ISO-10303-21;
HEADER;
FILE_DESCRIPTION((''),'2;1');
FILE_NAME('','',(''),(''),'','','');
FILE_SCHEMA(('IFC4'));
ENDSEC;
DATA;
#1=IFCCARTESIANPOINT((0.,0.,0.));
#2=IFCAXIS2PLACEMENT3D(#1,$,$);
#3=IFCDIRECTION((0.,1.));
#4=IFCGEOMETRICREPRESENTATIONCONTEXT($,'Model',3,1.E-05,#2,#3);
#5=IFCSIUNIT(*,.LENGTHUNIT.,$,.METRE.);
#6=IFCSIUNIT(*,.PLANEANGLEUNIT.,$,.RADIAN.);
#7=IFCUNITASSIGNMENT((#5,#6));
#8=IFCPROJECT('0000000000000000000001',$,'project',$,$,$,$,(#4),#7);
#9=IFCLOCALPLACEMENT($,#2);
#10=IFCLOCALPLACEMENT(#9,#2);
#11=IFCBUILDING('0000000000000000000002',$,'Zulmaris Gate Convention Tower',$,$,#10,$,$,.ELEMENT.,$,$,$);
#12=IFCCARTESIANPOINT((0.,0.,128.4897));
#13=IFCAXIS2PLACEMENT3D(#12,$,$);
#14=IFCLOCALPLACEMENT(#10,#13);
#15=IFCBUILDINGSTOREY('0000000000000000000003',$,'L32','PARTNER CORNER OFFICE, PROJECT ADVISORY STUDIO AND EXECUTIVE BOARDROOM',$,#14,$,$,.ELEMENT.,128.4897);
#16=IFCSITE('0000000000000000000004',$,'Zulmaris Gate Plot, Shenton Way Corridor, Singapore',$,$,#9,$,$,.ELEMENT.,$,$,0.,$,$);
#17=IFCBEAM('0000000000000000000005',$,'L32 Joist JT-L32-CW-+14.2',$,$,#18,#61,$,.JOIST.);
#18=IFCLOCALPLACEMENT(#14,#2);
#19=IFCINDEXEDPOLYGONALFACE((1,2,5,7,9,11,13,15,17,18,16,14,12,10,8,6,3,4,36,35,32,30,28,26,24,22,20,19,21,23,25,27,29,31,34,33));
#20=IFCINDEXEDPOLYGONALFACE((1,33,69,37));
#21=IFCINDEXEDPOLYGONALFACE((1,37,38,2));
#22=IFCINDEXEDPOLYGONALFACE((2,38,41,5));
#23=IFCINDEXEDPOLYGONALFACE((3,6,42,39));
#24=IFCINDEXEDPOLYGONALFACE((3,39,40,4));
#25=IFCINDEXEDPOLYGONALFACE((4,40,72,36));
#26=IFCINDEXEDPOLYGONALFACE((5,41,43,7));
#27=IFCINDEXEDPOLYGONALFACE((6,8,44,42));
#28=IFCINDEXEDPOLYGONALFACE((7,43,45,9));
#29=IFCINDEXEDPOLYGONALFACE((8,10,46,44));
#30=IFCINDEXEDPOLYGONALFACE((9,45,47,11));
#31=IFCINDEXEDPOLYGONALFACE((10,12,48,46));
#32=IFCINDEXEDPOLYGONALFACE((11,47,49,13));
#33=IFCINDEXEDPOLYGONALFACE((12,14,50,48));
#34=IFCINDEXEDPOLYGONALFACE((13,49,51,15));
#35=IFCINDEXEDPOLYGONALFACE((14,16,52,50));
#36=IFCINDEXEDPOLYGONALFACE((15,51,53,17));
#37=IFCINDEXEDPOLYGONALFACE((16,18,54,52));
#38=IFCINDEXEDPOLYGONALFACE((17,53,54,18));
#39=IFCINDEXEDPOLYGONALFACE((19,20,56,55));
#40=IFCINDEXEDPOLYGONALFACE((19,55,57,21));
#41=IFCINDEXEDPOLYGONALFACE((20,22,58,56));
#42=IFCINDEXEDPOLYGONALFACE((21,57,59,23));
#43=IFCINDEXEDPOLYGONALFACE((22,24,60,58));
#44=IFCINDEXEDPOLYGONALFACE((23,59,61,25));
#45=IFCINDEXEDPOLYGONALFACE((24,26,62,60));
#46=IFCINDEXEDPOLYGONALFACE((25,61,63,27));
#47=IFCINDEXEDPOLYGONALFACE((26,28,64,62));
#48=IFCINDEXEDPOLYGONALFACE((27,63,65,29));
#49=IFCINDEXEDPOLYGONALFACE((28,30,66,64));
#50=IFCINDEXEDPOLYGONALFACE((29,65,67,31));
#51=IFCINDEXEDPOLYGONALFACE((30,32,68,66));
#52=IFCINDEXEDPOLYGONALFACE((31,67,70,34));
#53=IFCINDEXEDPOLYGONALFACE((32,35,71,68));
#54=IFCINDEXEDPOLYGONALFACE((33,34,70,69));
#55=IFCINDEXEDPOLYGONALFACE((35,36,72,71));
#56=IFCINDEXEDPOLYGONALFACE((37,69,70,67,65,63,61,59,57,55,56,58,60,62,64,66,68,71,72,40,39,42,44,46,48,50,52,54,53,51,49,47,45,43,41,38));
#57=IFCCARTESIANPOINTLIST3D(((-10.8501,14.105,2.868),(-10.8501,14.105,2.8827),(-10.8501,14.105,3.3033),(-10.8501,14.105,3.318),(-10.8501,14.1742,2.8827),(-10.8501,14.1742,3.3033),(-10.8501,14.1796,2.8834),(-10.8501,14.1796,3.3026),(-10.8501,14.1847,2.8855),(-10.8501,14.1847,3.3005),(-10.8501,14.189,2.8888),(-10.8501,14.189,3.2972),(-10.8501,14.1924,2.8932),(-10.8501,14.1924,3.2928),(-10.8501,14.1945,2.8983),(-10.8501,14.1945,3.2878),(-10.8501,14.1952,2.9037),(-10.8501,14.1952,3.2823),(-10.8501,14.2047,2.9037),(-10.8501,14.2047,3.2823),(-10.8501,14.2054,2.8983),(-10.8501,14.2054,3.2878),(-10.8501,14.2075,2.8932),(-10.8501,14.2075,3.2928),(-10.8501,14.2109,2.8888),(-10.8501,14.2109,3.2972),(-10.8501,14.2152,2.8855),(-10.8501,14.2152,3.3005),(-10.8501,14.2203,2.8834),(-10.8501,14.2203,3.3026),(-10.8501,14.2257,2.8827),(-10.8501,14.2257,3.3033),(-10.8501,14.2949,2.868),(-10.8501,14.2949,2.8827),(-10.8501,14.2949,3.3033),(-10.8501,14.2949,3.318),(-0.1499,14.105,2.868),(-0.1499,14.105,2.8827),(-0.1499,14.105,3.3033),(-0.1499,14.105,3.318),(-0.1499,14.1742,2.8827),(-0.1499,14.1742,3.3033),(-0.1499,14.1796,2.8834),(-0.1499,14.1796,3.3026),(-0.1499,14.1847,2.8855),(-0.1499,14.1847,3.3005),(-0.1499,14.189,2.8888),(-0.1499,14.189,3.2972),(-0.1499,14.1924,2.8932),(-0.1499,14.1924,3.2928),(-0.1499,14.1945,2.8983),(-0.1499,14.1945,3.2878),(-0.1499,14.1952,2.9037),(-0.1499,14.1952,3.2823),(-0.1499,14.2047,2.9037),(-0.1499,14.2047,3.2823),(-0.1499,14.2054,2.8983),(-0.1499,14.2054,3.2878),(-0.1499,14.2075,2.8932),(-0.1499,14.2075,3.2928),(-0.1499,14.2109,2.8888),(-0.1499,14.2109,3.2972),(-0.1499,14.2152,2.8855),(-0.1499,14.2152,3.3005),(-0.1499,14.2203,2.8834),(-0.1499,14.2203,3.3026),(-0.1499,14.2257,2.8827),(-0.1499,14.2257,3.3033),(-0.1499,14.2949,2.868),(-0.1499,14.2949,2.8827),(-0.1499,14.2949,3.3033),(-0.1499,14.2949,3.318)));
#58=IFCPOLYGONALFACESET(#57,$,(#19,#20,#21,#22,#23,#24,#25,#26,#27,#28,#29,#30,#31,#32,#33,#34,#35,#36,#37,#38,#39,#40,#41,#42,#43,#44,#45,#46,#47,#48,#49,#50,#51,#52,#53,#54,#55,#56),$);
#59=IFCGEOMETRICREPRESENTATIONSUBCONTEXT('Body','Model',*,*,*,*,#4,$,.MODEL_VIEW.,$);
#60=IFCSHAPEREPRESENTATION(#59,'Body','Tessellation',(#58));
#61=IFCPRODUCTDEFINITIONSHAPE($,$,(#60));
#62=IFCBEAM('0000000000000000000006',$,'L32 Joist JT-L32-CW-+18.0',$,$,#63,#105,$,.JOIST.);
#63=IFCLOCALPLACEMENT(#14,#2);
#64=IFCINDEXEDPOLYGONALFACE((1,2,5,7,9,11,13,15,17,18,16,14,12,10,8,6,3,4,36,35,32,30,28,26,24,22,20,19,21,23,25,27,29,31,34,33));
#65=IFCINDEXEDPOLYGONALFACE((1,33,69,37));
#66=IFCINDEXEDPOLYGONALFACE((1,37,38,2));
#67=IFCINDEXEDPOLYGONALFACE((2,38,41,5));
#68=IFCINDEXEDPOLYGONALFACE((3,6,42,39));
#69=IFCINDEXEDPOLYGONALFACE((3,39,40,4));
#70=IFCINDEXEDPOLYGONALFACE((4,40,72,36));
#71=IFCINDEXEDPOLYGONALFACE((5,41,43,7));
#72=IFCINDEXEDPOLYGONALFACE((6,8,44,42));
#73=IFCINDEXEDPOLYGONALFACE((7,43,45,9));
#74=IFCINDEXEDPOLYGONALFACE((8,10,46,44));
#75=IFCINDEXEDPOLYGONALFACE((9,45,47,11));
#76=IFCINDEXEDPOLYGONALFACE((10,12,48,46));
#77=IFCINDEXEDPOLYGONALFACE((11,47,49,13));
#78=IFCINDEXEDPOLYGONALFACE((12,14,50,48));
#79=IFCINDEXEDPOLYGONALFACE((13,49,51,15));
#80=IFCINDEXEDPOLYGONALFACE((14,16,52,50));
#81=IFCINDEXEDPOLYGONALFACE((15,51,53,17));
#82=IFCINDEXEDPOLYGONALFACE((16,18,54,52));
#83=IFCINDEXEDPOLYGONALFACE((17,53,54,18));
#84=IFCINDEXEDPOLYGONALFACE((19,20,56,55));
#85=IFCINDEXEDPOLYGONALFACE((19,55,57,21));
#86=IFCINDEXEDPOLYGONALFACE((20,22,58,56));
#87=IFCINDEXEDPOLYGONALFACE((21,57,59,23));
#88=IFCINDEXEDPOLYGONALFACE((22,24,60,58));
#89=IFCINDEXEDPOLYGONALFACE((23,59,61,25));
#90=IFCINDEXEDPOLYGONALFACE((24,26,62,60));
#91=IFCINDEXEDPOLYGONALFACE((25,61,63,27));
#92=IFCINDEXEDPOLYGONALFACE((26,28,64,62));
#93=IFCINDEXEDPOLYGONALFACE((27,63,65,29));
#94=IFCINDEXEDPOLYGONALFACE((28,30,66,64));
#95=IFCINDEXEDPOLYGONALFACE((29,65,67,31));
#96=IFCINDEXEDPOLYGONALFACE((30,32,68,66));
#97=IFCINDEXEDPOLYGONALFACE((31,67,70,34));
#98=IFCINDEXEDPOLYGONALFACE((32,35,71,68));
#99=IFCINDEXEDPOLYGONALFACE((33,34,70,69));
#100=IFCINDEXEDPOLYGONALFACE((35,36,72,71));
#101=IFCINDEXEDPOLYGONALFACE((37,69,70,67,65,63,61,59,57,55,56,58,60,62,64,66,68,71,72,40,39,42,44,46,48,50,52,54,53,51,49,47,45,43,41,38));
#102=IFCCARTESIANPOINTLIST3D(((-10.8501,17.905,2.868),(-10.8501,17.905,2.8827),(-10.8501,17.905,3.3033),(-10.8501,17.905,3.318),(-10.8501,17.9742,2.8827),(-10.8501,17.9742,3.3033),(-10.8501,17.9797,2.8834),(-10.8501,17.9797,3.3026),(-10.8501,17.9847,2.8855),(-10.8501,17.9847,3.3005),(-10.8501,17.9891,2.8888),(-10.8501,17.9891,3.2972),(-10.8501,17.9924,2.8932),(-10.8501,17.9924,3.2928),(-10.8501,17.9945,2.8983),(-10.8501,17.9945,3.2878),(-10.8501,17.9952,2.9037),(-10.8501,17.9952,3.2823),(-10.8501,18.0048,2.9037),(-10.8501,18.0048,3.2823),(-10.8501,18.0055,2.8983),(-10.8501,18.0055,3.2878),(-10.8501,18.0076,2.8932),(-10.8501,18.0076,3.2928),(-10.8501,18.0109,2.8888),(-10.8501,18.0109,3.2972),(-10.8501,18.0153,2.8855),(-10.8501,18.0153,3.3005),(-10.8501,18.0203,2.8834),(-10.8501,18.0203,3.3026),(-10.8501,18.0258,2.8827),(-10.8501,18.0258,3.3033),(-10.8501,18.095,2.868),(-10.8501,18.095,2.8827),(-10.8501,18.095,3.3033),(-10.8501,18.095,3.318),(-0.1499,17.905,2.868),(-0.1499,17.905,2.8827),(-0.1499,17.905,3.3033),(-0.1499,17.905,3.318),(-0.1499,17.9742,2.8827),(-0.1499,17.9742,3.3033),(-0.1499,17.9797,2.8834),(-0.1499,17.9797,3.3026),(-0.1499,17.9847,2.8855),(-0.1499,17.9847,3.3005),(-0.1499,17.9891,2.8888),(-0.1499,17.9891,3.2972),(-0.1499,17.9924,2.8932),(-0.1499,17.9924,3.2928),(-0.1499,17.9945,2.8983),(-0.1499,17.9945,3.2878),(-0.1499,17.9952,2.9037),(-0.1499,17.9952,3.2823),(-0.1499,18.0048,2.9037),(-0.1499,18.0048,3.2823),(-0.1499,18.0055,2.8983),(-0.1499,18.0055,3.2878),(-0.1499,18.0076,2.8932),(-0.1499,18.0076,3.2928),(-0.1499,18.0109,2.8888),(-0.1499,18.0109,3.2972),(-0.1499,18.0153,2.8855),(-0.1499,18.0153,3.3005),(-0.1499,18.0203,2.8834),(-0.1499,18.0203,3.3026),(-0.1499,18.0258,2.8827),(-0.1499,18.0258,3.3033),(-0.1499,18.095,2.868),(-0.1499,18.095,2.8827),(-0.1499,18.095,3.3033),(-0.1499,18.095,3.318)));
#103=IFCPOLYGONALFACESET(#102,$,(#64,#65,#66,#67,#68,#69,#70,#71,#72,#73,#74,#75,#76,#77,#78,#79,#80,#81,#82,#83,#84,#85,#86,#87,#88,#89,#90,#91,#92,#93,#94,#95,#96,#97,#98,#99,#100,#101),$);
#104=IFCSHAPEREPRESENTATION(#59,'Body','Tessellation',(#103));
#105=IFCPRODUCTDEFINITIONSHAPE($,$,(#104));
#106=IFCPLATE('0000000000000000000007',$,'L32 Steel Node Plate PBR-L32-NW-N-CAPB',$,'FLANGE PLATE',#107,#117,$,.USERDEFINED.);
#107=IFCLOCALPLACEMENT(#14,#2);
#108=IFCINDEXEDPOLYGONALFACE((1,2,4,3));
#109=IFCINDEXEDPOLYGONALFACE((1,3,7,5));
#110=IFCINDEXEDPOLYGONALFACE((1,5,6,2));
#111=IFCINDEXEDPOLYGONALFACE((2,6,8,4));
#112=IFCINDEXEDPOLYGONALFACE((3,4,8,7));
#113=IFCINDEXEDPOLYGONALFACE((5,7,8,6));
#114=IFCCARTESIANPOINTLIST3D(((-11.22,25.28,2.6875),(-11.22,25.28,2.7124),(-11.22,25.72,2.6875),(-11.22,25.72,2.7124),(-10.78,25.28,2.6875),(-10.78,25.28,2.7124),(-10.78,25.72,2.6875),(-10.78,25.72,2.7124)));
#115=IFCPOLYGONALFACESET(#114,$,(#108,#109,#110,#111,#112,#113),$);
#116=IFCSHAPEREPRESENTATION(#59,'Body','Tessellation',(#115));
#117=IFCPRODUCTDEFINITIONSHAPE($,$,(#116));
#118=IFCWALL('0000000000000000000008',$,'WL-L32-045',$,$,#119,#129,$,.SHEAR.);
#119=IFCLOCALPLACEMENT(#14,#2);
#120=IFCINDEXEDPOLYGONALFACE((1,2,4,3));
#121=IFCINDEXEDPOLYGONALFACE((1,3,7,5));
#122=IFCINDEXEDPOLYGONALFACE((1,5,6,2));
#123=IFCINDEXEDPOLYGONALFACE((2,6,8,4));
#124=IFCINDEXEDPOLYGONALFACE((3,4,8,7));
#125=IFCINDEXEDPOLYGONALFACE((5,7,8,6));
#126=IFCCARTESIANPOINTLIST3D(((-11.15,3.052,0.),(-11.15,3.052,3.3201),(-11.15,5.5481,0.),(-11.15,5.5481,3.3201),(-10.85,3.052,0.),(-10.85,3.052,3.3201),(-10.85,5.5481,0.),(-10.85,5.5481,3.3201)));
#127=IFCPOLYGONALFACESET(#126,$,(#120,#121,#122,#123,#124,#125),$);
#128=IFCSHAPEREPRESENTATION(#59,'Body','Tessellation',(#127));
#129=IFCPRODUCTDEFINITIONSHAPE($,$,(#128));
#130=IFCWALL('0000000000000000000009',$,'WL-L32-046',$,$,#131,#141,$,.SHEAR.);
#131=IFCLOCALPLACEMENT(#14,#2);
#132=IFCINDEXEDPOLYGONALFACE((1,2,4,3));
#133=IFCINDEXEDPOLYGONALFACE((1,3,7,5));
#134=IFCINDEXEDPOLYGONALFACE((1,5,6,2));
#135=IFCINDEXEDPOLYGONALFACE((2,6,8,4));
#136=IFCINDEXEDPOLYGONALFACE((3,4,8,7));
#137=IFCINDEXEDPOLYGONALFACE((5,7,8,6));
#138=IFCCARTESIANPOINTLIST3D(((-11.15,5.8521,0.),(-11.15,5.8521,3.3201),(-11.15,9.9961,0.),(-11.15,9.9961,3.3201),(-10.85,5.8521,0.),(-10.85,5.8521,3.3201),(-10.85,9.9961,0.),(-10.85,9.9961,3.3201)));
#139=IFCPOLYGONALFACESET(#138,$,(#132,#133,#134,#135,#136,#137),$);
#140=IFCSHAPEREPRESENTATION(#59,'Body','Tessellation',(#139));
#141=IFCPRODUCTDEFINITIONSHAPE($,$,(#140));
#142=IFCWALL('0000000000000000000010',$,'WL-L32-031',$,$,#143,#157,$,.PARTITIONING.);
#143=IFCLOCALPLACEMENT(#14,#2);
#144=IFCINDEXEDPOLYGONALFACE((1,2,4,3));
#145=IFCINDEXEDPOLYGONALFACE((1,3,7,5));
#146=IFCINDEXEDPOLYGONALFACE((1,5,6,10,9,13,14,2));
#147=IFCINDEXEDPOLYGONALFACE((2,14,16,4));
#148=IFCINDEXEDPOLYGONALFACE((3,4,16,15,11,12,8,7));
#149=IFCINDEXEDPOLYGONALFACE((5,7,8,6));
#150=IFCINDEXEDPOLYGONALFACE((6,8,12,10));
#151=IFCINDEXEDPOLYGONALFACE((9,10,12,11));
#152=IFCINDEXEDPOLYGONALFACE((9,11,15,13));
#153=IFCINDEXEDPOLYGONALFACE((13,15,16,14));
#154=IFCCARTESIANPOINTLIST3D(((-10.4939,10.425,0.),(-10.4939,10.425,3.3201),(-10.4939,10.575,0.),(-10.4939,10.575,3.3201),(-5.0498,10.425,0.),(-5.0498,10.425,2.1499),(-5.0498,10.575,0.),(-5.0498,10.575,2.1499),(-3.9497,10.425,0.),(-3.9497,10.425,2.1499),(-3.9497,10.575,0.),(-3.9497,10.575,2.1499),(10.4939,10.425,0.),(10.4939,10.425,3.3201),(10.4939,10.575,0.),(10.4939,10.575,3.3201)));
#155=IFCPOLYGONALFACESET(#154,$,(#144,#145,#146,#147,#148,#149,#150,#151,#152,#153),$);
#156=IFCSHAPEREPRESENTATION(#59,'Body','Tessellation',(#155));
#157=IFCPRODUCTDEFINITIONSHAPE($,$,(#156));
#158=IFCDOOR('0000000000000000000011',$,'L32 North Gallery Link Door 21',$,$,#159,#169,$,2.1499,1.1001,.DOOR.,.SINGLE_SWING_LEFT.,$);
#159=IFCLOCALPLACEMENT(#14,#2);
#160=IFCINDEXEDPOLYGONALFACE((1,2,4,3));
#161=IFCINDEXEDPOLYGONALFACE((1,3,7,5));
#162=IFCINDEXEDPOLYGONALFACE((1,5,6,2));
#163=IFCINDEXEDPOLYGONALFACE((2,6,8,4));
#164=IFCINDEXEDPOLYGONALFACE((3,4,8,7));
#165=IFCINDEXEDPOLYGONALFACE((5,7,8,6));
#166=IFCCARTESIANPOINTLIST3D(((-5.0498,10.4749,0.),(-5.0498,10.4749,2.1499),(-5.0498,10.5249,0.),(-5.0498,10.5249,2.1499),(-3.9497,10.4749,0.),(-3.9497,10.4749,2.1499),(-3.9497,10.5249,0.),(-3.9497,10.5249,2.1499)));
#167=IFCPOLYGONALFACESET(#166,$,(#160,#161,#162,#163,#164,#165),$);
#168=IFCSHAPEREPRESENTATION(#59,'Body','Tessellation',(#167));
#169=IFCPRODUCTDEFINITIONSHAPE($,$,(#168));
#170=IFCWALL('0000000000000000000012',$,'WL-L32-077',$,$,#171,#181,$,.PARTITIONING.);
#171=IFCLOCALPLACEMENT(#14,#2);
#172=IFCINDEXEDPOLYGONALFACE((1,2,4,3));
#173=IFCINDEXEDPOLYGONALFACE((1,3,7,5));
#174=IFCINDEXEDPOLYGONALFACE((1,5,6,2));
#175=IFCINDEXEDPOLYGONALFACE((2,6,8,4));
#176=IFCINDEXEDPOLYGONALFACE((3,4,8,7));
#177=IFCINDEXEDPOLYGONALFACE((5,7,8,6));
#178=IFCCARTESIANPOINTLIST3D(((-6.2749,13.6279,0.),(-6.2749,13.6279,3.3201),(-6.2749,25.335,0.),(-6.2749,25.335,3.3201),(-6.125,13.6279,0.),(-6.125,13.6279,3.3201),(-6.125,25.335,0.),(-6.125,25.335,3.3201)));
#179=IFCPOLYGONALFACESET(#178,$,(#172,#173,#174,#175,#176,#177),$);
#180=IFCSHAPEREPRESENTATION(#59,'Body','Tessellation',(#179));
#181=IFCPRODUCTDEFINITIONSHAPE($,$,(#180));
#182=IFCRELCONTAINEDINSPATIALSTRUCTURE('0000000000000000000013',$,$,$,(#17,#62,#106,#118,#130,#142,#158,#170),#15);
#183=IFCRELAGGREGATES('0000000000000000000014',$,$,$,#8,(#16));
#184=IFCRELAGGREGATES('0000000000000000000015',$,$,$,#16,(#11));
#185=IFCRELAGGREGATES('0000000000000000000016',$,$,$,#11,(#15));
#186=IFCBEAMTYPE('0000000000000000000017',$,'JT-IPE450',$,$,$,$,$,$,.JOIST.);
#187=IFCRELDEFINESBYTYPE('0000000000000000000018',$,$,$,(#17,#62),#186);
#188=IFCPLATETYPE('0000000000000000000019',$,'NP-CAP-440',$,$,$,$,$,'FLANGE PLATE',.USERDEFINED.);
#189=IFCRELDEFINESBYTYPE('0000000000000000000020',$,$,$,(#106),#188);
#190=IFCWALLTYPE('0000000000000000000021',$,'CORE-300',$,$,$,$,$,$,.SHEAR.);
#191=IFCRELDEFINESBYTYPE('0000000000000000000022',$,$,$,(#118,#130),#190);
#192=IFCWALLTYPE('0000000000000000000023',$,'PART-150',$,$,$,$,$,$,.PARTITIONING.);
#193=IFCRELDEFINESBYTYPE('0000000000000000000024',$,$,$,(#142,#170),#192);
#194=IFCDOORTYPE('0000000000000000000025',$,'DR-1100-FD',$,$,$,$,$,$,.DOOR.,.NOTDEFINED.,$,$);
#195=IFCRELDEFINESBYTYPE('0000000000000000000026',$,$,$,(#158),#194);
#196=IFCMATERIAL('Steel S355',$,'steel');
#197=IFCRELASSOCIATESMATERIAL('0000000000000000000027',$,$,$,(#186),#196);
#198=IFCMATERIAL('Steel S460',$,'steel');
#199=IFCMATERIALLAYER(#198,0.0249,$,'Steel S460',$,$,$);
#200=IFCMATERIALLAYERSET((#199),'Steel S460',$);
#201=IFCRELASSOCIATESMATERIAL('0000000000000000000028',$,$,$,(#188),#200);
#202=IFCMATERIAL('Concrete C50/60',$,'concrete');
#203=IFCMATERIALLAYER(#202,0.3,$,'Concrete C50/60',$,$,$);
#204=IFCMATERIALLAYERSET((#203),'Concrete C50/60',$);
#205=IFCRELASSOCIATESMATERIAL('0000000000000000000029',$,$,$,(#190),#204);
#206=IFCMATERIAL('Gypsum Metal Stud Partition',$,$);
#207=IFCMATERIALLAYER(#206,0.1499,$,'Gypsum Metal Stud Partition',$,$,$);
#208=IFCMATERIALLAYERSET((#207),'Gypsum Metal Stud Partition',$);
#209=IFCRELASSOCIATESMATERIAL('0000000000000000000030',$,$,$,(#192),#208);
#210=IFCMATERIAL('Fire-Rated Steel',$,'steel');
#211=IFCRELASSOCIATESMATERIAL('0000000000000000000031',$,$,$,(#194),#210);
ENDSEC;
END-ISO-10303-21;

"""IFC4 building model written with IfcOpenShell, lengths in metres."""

from ifc_helpers import new_model, si_unit, direction, frame, frame_2d, origin, origin_2d, place, context, subcontext, project, spatial, rectangle, i_section, extrude, material, layer, layer_set, material_profile, profile_set, type_object, element, fill, save


model = new_model("IFC4")

# Units and contexts
model_context = context("Model", 3, precision=1e-05, world=origin(), true_north=direction((0.0, 1.0)))
body_context = subcontext(model_context, "Body", "Model", "MODEL_VIEW")
ifc_project = project(units=[si_unit("LENGTHUNIT", "METRE"), si_unit("PLANEANGLEUNIT", "RADIAN")], contexts=[model_context])

# Site, building, storey
site_placement = place(None, origin())
site = spatial("IfcSite", under=ifc_project, at=site_placement, Name="Zulmaris Gate Plot, Shenton Way Corridor, Singapore", CompositionType="ELEMENT", RefElevation=0.0)
building_placement = place(site_placement, origin())
building = spatial("IfcBuilding", under=site, at=building_placement, Name="Zulmaris Gate Convention Tower", CompositionType="ELEMENT")
storey_placement = place(building_placement, frame((0.0, 0.0, 128.4897)))
storey = spatial("IfcBuildingStorey", under=building, at=storey_placement, Name="L32", Description="PARTNER CORNER OFFICE, PROJECT ADVISORY STUDIO AND EXECUTIVE BOARDROOM", CompositionType="ELEMENT", Elevation=128.4897)

# Beams
ifc_material_1 = material(Name="Steel S355", Category="steel")
ifc_material_profile_1 = material_profile(ifc_material_1, i_section(OverallWidth=0.1899, OverallDepth=0.45, WebThickness=0.0095, FlangeThickness=0.0146, FilletRadius=0.021, at=origin_2d()), Name="IPE 450")
ifc_profile_set_1 = profile_set([ifc_material_profile_1], Name="Steel S355")
beam_type_1 = type_object("IfcBeamType", Name="JT-IPE450", PredefinedType="JOIST", material=ifc_profile_set_1)
for number, where, z_axis, x_axis, name in (
    (1, (-10.8501, 14.2, 3.093), (1.0, 0.0, 0.0), (0.0, 1.0, 0.0), "L32 Joist JT-L32-CW-+14.2"),
    (2, (-10.8501, 18.0, 3.093), (1.0, 0.0, 0.0), (0.0, 1.0, 0.0), "L32 Joist JT-L32-CW-+18.0"),
):
    element("IfcBeam", number, at=place(storey_placement, frame(where, z_axis=z_axis, x_axis=x_axis)), inside=storey, type_object=beam_type_1, Name=name, PredefinedType="JOIST", context=body_context, shape_type="SweptSolid", body=[
        extrude(i_section(OverallWidth=0.1899, OverallDepth=0.45, WebThickness=0.0095, FlangeThickness=0.0146, FilletRadius=0.021, at=origin_2d()), origin(), (0.0, 0.0, 1.0), 10.7002),
    ])

# Plate
ifc_material_2 = material(Name="Steel S460", Category="steel")
ifc_layer_1 = layer(ifc_material_2, 0.0249, Name="Steel S460")
ifc_layer_set_1 = layer_set([ifc_layer_1], Name="Steel S460")
plate_type = type_object("IfcPlateType", Name="NP-CAP-440", ElementType="FLANGE PLATE", PredefinedType="USERDEFINED", material=ifc_layer_set_1)
plate_placement = place(storey_placement, frame((-11.0, 25.5, 2.6875), z_axis=(0.0, 0.0, 1.0), x_axis=(1.0, 0.0, 0.0)))
element("IfcPlate", 3, at=plate_placement, inside=storey, type_object=plate_type, Name="L32 Steel Node Plate PBR-L32-NW-N-CAPB", ObjectType="FLANGE PLATE", PredefinedType="USERDEFINED", context=body_context, shape_type="SweptSolid", body=[
    extrude(rectangle(XDim=0.4399, YDim=0.4399, at=origin_2d()), origin(), (0.0, 0.0, 1.0), 0.0249),
])

# Walls
ifc_material_3 = material(Name="Concrete C50/60", Category="concrete")
ifc_layer_2 = layer(ifc_material_3, 0.3, Name="Concrete C50/60")
ifc_layer_set_2 = layer_set([ifc_layer_2], Name="Concrete C50/60")
wall_type_1 = type_object("IfcWallType", Name="CORE-300", PredefinedType="SHEAR", material=ifc_layer_set_2)
wall_1_placement = place(storey_placement, frame((-11.0, 3.052, 0.0), z_axis=(0.0, 0.0, 1.0), x_axis=(0.0, 1.0, 0.0)))
element("IfcWall", 4, at=wall_1_placement, inside=storey, type_object=wall_type_1, Name="WL-L32-045", PredefinedType="SHEAR", context=body_context, shape_type="SweptSolid", body=[
    extrude(rectangle(XDim=2.4961, YDim=0.3, at=frame_2d((1.248, 0.0))), origin(), (0.0, 0.0, 1.0), 3.3201),
])
wall_2_placement = place(storey_placement, frame((-11.0, 5.8521, 0.0), z_axis=(0.0, 0.0, 1.0), x_axis=(0.0, 1.0, 0.0)))
element("IfcWall", 5, at=wall_2_placement, inside=storey, type_object=wall_type_1, Name="WL-L32-046", PredefinedType="SHEAR", context=body_context, shape_type="SweptSolid", body=[
    extrude(rectangle(XDim=4.144, YDim=0.3, at=frame_2d((2.072, 0.0))), origin(), (0.0, 0.0, 1.0), 3.3201),
])

# Wall, opening, door
ifc_material_4 = material(Name="Gypsum Metal Stud Partition")
ifc_layer_3 = layer(ifc_material_4, 0.1499, Name="Gypsum Metal Stud Partition")
ifc_layer_set_3 = layer_set([ifc_layer_3], Name="Gypsum Metal Stud Partition")
wall_type_2 = type_object("IfcWallType", Name="PART-150", PredefinedType="PARTITIONING", material=ifc_layer_set_3)
wall_3_placement = place(storey_placement, frame((-10.4939, 10.5, 0.0), z_axis=(0.0, 0.0, 1.0), x_axis=(1.0, 0.0, 0.0)))
wall_3 = element("IfcWall", 6, at=wall_3_placement, inside=storey, type_object=wall_type_2, Name="WL-L32-031", PredefinedType="PARTITIONING", context=body_context, shape_type="SweptSolid", body=[
    extrude(rectangle(XDim=20.9878, YDim=0.1499, at=frame_2d((10.4939, 0.0))), origin(), (0.0, 0.0, 1.0), 3.3201),
])
opening_1_placement = place(wall_3_placement, frame((5.4441, 0.0, 0.0)))
opening_1 = element("IfcOpeningElement", 7, at=opening_1_placement, cuts=wall_3, PredefinedType="OPENING", context=body_context, shape_type="SweptSolid", body=[
    extrude(rectangle(XDim=1.1001, YDim=2.1499, at=frame_2d((0.55, 1.075))), frame((0.0, 0.085, 0.0), z_axis=(0.0, -1.0, 0.0), x_axis=(1.0, 0.0, 0.0)), (0.0, 0.0, 1.0), 0.1699),
])
ifc_material_5 = material(Name="Fire-Rated Steel", Category="steel")
door_type_1 = type_object("IfcDoorType", Name="DR-1100-FD", OperationType="NOTDEFINED", PredefinedType="DOOR", material=ifc_material_5)
door_1_placement = place(opening_1_placement, origin())
door_1 = element("IfcDoor", 8, at=door_1_placement, inside=storey, type_object=door_type_1, Name="L32 North Gallery Link Door 21", OperationType="SINGLE_SWING_LEFT", OverallHeight=2.1499, OverallWidth=1.1001, PredefinedType="DOOR", context=body_context, shape_type="SweptSolid", body=[
    extrude(rectangle(XDim=1.1001, YDim=2.1499, at=frame_2d((0.55, 1.075))), frame((0.0, 0.0249, 0.0), z_axis=(0.0, -1.0, 0.0), x_axis=(1.0, 0.0, 0.0)), (0.0, 0.0, 1.0), 0.05),
])
fill(opening_1, door_1)

# Wall
wall_4_placement = place(storey_placement, frame((-6.2, 13.6279, 0.0), z_axis=(0.0, 0.0, 1.0), x_axis=(0.0, 1.0, 0.0)))
element("IfcWall", 9, at=wall_4_placement, inside=storey, type_object=wall_type_2, Name="WL-L32-077", PredefinedType="PARTITIONING", context=body_context, shape_type="SweptSolid", body=[
    extrude(rectangle(XDim=11.707, YDim=0.1499, at=frame_2d((5.8535, 0.0))), origin(), (0.0, 0.0, 1.0), 3.3201),
])

save(model, "model.ifc")
